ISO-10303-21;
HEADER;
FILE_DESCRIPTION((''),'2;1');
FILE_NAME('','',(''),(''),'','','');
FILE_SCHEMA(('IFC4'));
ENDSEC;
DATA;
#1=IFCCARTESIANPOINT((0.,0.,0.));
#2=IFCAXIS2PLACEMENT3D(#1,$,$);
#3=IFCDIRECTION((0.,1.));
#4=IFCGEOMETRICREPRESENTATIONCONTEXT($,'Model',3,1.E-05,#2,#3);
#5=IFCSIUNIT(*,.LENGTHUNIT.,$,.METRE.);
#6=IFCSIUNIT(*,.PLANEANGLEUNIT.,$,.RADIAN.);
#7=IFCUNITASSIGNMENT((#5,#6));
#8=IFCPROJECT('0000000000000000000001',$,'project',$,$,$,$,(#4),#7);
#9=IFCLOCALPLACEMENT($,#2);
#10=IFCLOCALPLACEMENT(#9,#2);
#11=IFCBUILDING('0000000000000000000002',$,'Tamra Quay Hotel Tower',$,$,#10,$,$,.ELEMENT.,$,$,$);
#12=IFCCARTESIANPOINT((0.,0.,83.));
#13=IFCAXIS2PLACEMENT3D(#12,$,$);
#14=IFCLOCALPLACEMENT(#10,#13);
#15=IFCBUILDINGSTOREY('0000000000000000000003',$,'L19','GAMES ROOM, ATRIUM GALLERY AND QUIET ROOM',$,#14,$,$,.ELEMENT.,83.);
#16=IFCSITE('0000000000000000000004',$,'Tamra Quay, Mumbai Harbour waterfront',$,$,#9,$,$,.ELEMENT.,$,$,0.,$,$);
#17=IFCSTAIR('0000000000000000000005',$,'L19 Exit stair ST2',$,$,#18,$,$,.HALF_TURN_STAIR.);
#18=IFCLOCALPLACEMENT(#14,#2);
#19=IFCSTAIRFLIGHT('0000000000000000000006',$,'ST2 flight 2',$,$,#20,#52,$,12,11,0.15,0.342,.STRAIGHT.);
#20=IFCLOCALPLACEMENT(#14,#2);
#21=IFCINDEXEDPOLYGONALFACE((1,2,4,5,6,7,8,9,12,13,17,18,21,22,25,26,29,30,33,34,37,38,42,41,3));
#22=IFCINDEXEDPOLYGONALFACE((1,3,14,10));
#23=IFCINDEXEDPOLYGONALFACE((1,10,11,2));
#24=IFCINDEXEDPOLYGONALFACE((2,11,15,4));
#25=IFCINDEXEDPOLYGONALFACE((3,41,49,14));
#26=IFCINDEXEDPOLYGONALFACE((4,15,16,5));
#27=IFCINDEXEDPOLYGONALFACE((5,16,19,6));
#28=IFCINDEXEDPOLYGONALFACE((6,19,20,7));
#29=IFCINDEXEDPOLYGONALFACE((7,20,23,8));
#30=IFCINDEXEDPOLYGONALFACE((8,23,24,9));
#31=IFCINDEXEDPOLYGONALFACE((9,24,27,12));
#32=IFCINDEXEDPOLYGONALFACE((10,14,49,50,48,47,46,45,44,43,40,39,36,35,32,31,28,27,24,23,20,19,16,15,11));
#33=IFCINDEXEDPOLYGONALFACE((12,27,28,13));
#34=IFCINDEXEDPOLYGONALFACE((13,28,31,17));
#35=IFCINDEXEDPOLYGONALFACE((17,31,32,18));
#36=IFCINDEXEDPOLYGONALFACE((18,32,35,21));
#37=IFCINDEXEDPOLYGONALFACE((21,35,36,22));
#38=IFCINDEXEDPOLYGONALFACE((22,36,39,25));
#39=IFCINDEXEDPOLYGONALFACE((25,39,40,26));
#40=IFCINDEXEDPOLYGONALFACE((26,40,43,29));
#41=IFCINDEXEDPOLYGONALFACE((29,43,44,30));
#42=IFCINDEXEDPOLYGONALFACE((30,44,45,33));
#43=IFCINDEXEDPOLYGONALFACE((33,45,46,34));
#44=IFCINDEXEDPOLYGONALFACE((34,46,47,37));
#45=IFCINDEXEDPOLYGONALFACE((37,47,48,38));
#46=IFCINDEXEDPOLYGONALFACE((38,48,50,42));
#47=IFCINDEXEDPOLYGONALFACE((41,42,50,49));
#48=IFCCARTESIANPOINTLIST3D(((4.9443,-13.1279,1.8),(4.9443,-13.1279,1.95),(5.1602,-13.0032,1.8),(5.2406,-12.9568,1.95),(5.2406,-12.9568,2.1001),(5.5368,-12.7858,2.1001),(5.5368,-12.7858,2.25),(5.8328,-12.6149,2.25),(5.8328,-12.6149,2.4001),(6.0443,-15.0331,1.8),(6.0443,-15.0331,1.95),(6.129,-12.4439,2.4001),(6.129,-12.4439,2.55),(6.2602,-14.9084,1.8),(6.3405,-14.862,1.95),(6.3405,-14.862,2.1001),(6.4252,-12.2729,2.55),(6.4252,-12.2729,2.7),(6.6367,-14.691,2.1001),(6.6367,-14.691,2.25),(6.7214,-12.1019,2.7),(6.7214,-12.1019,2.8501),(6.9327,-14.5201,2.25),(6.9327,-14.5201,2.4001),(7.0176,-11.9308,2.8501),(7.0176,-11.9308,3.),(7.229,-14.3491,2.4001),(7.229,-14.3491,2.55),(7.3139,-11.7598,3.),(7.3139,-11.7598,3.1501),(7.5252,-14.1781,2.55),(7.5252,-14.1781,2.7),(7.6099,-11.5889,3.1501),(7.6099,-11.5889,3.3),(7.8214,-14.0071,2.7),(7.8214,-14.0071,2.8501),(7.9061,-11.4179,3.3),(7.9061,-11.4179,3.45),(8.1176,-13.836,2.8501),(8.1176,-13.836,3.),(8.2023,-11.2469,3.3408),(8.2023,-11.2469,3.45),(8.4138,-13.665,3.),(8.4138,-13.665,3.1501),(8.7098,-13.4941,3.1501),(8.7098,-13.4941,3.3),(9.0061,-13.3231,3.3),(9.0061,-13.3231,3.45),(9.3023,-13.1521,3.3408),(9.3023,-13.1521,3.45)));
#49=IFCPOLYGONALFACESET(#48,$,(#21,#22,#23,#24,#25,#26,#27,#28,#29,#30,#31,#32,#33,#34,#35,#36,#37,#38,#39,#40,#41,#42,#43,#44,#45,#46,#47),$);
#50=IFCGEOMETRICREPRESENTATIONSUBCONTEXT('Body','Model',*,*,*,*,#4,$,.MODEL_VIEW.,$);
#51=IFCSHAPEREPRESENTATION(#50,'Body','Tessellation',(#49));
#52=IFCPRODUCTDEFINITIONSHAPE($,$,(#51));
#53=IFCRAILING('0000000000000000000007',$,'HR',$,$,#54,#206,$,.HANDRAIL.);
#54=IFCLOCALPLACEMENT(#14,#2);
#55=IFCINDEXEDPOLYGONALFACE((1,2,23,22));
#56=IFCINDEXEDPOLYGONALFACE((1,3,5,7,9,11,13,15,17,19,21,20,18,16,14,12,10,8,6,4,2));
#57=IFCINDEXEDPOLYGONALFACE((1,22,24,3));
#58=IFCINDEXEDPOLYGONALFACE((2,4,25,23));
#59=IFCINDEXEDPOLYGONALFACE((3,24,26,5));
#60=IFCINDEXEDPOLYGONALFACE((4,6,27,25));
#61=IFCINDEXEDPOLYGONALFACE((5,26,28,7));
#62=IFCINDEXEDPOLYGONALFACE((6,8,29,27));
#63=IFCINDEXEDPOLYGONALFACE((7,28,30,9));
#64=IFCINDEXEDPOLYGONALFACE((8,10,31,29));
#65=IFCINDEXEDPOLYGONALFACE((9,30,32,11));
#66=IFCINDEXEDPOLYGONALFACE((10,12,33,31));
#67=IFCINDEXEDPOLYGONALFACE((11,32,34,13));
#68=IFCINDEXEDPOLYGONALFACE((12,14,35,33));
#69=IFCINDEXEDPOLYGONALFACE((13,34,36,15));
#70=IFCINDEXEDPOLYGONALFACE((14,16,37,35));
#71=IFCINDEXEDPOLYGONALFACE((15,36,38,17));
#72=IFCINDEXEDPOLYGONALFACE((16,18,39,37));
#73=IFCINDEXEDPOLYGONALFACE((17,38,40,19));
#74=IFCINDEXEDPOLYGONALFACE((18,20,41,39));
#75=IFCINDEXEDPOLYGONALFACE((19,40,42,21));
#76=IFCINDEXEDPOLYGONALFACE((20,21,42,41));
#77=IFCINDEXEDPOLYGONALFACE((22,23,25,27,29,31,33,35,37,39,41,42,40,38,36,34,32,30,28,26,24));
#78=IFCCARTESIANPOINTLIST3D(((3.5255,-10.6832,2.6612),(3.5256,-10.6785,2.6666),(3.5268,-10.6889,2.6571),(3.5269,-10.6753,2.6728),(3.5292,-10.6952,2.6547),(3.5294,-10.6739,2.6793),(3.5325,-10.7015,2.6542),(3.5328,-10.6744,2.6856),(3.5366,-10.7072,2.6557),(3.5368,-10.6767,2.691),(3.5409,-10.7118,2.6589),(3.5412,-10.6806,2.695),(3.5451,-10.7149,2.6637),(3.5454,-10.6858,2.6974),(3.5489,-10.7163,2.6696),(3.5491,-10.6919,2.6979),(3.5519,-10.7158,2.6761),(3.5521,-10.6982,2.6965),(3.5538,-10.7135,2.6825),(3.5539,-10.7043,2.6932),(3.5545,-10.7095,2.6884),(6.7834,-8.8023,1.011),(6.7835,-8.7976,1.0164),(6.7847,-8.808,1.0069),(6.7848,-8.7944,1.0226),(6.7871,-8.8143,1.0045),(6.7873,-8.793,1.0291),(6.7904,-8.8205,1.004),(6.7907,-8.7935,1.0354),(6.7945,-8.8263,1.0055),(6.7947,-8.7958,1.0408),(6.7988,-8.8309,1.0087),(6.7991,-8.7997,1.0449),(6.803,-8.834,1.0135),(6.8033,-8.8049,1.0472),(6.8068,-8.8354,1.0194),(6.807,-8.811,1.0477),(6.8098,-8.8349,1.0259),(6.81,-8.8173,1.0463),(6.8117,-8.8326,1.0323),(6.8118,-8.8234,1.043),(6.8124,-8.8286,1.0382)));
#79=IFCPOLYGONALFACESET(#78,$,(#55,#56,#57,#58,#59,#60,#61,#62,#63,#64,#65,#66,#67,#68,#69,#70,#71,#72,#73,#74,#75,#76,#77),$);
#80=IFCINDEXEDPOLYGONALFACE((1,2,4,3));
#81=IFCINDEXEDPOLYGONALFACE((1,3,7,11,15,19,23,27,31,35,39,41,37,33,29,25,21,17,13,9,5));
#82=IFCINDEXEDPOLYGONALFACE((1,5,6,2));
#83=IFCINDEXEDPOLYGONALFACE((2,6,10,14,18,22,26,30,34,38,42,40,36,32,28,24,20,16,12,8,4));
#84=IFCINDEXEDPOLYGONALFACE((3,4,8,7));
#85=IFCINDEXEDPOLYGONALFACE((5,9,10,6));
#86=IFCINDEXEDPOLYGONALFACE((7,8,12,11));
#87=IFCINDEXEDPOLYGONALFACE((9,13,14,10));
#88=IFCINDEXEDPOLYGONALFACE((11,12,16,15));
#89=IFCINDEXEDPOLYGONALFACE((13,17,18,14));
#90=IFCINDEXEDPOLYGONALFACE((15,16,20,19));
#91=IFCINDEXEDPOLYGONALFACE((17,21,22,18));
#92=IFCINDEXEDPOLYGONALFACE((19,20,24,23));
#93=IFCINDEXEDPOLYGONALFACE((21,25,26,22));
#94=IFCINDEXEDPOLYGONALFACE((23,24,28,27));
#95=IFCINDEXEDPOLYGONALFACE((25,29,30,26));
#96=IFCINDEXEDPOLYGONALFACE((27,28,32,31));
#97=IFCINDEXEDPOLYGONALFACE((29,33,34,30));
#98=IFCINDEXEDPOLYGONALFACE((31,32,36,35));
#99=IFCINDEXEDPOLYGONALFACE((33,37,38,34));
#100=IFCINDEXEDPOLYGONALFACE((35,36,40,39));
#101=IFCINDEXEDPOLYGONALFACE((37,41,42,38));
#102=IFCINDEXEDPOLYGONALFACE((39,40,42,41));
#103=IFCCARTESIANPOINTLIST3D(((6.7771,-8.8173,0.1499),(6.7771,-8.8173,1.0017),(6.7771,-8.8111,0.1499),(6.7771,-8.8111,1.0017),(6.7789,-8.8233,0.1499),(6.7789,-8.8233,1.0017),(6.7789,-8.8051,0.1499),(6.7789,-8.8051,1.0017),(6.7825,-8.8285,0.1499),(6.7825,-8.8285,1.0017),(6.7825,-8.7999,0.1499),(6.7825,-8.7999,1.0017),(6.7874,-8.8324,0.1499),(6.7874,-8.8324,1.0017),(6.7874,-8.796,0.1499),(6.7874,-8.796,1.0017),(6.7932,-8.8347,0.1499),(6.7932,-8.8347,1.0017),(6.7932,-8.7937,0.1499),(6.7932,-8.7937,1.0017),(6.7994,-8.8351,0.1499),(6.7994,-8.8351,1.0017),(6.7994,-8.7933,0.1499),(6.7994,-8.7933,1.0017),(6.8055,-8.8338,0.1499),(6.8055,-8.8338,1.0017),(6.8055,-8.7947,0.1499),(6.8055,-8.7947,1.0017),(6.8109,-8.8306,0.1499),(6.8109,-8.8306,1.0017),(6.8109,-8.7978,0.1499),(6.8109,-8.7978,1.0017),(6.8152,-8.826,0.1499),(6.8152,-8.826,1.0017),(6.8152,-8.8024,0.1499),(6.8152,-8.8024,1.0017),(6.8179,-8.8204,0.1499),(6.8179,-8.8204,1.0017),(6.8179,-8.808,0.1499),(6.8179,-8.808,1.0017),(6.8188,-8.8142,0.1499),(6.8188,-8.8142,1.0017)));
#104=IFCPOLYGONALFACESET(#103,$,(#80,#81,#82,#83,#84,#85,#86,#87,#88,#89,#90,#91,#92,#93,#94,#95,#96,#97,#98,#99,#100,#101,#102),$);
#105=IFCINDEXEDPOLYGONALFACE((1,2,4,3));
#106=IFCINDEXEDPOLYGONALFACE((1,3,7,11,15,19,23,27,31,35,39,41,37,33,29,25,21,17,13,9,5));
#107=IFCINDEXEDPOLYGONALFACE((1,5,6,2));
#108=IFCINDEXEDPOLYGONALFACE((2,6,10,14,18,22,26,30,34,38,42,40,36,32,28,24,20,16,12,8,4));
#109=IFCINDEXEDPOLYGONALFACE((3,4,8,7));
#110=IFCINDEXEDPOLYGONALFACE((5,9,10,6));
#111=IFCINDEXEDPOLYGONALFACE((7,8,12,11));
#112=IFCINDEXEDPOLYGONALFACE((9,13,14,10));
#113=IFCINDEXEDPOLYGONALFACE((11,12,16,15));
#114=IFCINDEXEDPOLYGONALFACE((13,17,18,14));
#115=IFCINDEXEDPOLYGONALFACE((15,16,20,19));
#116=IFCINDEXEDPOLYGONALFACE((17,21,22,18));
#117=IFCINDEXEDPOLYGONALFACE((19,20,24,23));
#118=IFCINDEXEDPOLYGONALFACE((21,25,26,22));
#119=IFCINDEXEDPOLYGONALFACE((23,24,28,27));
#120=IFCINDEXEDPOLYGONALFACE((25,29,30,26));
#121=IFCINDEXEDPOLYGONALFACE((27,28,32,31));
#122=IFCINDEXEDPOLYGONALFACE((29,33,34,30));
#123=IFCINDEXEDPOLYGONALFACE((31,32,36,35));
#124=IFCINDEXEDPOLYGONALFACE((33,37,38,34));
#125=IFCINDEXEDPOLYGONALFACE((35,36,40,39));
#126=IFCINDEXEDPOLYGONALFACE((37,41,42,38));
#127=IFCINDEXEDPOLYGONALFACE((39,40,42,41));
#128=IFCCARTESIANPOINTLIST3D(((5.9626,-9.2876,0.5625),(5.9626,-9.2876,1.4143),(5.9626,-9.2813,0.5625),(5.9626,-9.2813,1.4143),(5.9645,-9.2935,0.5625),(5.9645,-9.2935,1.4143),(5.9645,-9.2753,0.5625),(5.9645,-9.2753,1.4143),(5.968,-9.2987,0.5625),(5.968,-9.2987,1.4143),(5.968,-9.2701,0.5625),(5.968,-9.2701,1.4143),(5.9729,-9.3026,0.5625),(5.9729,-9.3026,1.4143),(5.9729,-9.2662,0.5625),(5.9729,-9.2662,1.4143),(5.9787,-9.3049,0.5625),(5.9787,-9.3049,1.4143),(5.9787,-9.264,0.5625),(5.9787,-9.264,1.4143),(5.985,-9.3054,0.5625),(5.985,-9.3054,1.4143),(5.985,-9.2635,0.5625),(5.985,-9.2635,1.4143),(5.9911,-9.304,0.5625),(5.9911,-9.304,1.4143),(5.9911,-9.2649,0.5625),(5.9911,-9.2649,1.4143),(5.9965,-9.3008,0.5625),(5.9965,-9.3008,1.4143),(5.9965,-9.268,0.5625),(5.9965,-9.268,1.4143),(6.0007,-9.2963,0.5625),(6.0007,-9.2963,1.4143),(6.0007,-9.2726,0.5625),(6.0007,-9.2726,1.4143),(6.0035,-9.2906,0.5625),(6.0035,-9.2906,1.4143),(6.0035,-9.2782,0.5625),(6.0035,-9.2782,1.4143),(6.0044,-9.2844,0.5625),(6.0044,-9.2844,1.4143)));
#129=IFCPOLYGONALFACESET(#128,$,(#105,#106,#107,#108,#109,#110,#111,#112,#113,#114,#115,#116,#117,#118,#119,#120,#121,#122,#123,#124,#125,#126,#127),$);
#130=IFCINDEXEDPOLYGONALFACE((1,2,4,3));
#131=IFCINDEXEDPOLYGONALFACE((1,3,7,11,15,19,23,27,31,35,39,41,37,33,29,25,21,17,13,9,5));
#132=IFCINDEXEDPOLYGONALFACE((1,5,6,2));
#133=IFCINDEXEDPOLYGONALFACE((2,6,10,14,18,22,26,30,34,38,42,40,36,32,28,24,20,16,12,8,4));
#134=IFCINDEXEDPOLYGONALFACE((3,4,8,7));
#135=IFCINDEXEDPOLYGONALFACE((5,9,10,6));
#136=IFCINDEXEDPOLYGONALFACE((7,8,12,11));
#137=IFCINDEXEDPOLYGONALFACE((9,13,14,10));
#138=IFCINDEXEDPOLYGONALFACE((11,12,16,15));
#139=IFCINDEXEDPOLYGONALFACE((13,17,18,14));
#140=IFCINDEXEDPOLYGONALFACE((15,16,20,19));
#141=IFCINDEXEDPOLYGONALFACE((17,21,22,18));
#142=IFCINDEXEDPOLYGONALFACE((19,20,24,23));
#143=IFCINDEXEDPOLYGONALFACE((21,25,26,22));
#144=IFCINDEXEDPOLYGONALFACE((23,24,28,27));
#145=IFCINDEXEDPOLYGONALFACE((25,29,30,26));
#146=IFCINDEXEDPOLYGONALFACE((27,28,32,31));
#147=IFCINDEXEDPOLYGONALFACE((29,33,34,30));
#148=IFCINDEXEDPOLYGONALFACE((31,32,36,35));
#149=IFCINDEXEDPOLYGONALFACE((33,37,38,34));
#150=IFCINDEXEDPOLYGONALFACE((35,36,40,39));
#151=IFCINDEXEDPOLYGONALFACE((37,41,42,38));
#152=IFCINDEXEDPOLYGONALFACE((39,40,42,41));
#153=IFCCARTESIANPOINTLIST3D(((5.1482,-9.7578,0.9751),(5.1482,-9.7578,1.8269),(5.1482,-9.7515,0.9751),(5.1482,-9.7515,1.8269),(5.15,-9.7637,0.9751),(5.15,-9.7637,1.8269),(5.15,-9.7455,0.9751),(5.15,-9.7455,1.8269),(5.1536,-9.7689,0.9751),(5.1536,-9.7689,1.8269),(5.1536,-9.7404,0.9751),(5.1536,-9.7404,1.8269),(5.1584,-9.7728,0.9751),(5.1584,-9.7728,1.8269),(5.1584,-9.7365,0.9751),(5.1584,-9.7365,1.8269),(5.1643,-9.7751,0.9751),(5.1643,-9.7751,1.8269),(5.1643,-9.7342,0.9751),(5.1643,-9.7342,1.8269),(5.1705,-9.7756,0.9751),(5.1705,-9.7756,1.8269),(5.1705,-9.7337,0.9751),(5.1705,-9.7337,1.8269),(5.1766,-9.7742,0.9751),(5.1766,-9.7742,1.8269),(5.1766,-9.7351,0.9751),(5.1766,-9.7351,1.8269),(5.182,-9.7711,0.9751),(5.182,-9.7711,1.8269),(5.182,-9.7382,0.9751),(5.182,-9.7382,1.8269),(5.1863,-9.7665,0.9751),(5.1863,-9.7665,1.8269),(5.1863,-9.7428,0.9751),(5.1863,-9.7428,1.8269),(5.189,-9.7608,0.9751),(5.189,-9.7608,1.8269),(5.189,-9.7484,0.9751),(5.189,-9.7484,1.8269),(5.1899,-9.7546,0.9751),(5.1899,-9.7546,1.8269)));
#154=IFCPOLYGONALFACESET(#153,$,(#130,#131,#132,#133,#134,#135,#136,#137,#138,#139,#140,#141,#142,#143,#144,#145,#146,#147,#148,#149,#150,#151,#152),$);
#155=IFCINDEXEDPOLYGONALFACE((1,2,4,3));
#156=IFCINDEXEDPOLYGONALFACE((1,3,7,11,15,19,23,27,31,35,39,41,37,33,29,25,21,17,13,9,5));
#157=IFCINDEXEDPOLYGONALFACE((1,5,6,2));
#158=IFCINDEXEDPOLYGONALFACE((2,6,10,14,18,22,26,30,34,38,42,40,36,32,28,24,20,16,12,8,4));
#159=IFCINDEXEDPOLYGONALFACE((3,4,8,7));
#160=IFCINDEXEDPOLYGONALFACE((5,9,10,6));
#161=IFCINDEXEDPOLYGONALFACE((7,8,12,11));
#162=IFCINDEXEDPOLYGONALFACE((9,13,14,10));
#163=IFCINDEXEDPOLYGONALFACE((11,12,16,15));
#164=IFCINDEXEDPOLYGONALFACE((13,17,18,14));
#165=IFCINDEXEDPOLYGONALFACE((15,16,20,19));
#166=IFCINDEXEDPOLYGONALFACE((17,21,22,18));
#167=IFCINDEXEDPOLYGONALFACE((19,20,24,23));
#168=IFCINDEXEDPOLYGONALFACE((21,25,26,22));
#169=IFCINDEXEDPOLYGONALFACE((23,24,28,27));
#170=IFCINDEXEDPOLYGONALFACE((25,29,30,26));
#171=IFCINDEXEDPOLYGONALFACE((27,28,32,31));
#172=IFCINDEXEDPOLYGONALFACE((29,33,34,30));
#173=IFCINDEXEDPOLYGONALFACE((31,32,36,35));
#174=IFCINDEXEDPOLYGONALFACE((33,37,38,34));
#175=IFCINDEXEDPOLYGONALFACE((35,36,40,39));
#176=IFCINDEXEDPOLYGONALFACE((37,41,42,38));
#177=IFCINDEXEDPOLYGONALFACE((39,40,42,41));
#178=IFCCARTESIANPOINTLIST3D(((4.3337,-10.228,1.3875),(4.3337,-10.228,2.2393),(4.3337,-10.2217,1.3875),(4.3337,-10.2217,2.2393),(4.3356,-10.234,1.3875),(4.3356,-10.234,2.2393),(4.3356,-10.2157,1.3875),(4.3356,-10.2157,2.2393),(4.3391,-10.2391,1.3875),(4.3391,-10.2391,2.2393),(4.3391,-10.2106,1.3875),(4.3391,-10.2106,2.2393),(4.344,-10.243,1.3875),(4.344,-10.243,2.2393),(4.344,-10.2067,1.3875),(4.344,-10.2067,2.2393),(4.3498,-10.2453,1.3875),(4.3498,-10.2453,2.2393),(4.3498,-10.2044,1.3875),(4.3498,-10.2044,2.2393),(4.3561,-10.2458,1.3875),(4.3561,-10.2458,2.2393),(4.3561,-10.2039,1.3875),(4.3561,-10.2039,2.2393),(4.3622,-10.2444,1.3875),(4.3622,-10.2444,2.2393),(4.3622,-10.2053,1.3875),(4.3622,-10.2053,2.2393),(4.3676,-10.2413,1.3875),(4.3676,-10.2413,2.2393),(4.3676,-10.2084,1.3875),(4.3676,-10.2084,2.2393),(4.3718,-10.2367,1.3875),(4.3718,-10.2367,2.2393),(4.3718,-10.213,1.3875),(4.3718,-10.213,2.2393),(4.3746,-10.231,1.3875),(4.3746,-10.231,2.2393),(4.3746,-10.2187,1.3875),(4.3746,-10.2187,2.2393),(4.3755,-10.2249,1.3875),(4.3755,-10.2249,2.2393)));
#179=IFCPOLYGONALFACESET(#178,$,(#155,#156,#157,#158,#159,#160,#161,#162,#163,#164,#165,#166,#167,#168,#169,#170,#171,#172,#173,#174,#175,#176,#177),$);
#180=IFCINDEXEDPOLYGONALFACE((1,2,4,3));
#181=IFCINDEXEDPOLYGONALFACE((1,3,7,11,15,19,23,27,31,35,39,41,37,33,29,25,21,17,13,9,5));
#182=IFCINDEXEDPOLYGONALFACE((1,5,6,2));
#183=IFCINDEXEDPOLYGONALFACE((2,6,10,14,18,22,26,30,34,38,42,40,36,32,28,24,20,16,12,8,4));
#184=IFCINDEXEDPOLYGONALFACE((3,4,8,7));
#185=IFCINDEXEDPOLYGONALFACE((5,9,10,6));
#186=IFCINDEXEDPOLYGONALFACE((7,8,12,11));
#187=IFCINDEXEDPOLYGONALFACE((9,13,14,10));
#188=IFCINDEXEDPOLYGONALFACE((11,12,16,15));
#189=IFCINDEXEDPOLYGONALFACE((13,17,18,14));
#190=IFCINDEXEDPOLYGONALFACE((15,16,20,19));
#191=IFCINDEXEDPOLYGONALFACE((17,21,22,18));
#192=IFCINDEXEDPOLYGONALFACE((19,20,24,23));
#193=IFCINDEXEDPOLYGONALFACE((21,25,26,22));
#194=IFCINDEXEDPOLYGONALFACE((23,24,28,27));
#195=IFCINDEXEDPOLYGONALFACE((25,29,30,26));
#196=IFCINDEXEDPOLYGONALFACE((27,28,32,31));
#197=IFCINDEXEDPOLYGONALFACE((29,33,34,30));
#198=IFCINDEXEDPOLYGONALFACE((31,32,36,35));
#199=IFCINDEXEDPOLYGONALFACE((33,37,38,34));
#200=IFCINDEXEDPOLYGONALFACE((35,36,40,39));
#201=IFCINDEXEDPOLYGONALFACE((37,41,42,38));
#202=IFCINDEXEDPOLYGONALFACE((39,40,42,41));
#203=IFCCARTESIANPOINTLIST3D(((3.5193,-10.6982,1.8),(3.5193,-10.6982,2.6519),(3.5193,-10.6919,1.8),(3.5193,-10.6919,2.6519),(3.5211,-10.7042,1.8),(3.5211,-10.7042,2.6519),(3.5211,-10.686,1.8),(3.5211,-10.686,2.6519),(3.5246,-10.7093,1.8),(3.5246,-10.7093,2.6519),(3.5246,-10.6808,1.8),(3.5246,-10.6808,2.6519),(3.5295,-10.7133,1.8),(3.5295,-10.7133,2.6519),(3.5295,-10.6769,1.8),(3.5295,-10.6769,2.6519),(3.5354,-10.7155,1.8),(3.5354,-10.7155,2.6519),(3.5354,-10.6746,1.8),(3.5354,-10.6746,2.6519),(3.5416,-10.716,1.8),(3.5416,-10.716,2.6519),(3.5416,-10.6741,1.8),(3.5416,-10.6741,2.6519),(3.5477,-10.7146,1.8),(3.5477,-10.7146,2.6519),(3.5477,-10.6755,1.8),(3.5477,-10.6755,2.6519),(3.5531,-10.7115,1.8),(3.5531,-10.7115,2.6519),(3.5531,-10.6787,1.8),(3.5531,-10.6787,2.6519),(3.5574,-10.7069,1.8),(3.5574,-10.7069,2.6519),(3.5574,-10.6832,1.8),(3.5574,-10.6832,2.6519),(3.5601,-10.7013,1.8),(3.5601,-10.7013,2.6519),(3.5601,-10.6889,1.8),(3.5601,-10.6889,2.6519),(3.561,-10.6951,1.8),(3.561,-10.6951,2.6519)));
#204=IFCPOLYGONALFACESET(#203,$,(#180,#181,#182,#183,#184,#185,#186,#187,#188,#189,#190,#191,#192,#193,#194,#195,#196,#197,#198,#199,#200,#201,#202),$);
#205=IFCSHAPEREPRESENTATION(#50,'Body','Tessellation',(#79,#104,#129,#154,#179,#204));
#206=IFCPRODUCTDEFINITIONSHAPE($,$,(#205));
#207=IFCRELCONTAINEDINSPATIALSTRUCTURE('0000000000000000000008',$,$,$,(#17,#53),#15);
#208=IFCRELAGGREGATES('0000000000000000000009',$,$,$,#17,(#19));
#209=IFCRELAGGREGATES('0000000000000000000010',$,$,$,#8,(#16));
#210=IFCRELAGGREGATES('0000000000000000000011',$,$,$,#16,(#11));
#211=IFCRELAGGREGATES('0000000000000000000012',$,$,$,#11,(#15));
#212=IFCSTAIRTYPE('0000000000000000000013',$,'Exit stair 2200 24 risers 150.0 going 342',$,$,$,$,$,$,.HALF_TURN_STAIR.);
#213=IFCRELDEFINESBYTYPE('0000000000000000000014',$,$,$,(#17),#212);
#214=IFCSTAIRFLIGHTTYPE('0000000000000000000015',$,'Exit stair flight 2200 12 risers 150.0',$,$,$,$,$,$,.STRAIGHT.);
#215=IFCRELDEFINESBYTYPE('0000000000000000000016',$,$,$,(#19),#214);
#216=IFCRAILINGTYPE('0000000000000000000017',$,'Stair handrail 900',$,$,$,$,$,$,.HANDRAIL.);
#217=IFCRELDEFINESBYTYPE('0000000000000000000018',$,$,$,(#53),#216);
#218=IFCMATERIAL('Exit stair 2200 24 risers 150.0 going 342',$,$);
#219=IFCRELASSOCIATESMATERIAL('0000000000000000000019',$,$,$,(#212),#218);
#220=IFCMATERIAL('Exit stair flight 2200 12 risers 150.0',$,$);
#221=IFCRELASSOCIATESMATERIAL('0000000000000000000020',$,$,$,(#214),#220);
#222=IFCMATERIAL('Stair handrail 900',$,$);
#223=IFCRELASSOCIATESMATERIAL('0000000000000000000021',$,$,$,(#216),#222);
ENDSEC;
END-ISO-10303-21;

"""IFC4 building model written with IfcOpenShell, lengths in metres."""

from ifc_helpers import new_model, si_unit, direction, frame, origin, origin_2d, place, context, subcontext, project, spatial, polyline, circle, outline, extrude, material, type_object, element, aggregate, save


model = new_model("IFC4")

# Units and contexts
model_context = context("Model", 3, precision=1e-05, world=origin(), true_north=direction((0.0, 1.0)))
body_context = subcontext(model_context, "Body", "Model", "MODEL_VIEW")
ifc_project = project(units=[si_unit("LENGTHUNIT", "METRE"), si_unit("PLANEANGLEUNIT", "RADIAN")], contexts=[model_context])

# Site, building, storey
site_placement = place(None, origin())
site = spatial("IfcSite", under=ifc_project, at=site_placement, Name="Tamra Quay, Mumbai Harbour waterfront", CompositionType="ELEMENT", RefElevation=0.0)
building_placement = place(site_placement, origin())
building = spatial("IfcBuilding", under=site, at=building_placement, Name="Tamra Quay Hotel Tower", CompositionType="ELEMENT")
storey_placement = place(building_placement, frame((0.0, 0.0, 83.0)))
storey = spatial("IfcBuildingStorey", under=building, at=storey_placement, Name="L19", Description="GAMES ROOM, ATRIUM GALLERY AND QUIET ROOM", CompositionType="ELEMENT", Elevation=83.0)

# Stair, stair flight
ifc_material_1 = material(Name="Exit stair 2200 24 risers 150.0 going 342")
stair_type = type_object("IfcStairType", Name="Exit stair 2200 24 risers 150.0 going 342", PredefinedType="HALF_TURN_STAIR", material=ifc_material_1)
stair_placement = place(storey_placement, origin())
stair = element("IfcStair", 1, at=stair_placement, inside=storey, type_object=stair_type, Name="L19 Exit stair ST2", PredefinedType="HALF_TURN_STAIR")
ifc_material_2 = material(Name="Exit stair flight 2200 12 risers 150.0")
stair_flight_type = type_object("IfcStairFlightType", Name="Exit stair flight 2200 12 risers 150.0", PredefinedType="STRAIGHT", material=ifc_material_2)
stair_flight_1_placement = place(storey_placement, frame((5.4944, -14.0806, 1.8), z_axis=(0.0, 0.0, 1.0), x_axis=(0.866025, 0.5, 0.0)))
stair_flight_1 = element("IfcStairFlight", 2, at=stair_flight_1_placement, type_object=stair_flight_type, Name="ST2 flight 2", NumberOfRisers=12, NumberOfTreads=11, PredefinedType="STRAIGHT", RiserHeight=0.15, TreadLength=0.342, context=body_context, shape_type="SweptSolid", body=[
    extrude(outline(polyline([(0.0, 0.0), (0.0, 0.1499), (0.342, 0.1499), (0.342, 0.3), (0.6841, 0.3), (0.6841, 0.45), (1.0259, 0.45), (1.0259, 0.6001), (1.3679, 0.6001), (1.3679, 0.75), (1.71, 0.75), (1.71, 0.8999), (2.052, 0.8999), (2.052, 1.05), (2.394, 1.05), (2.394, 1.2), (2.7361, 1.2), (2.7361, 1.3501), (3.0779, 1.3501), (3.0779, 1.5), (3.4199, 1.5), (3.4199, 1.6499), (3.762, 1.6499), (3.762, 1.8), (3.762, 1.5408), (0.2493, 0.0), (0.0, 0.0)])), frame((0.0, 1.1001, 0.0), z_axis=(0.0, -1.0, 0.0), x_axis=(1.0, 0.0, 0.0)), (0.0, 0.0, 1.0), 2.2),
])
aggregate(stair, [stair_flight_1])

# Railing
ifc_material_3 = material(Name="Stair handrail 900")
railing_type_1 = type_object("IfcRailingType", Name="Stair handrail 900", PredefinedType="HANDRAIL", material=ifc_material_3)
railing_1_placement = place(storey_placement, frame((6.7979, -8.8142, 0.1499)))
element("IfcRailing", 3, at=railing_1_placement, inside=storey, type_object=railing_type_1, Name="HR", PredefinedType="HANDRAIL", context=body_context, shape_type="SweptSolid", body=[
    extrude(circle(Radius=0.0239, at=origin_2d()), frame((0.0, 0.0, 0.876), z_axis=(-0.793081, -0.457876, 0.401711), x_axis=(0.499992, -0.86603, 0.0)), (0.0, 0.0, 1.0), 4.1079),
    extrude(circle(Radius=0.021, at=origin_2d()), origin(), (0.0, 0.0, 1.0), 0.8518),
    extrude(circle(Radius=0.021, at=origin_2d()), frame((-0.8145, -0.4702, 0.4126)), (0.0, 0.0, 1.0), 0.8518),
    extrude(circle(Radius=0.021, at=origin_2d()), frame((-1.6289, -0.9404, 0.8252)), (0.0, 0.0, 1.0), 0.8518),
    extrude(circle(Radius=0.021, at=origin_2d()), frame((-2.4434, -1.4106, 1.2375)), (0.0, 0.0, 1.0), 0.8518),
    extrude(circle(Radius=0.021, at=origin_2d()), frame((-3.2578, -1.8809, 1.6501)), (0.0, 0.0, 1.0), 0.8518),
])

save(model, "model.ifc")
